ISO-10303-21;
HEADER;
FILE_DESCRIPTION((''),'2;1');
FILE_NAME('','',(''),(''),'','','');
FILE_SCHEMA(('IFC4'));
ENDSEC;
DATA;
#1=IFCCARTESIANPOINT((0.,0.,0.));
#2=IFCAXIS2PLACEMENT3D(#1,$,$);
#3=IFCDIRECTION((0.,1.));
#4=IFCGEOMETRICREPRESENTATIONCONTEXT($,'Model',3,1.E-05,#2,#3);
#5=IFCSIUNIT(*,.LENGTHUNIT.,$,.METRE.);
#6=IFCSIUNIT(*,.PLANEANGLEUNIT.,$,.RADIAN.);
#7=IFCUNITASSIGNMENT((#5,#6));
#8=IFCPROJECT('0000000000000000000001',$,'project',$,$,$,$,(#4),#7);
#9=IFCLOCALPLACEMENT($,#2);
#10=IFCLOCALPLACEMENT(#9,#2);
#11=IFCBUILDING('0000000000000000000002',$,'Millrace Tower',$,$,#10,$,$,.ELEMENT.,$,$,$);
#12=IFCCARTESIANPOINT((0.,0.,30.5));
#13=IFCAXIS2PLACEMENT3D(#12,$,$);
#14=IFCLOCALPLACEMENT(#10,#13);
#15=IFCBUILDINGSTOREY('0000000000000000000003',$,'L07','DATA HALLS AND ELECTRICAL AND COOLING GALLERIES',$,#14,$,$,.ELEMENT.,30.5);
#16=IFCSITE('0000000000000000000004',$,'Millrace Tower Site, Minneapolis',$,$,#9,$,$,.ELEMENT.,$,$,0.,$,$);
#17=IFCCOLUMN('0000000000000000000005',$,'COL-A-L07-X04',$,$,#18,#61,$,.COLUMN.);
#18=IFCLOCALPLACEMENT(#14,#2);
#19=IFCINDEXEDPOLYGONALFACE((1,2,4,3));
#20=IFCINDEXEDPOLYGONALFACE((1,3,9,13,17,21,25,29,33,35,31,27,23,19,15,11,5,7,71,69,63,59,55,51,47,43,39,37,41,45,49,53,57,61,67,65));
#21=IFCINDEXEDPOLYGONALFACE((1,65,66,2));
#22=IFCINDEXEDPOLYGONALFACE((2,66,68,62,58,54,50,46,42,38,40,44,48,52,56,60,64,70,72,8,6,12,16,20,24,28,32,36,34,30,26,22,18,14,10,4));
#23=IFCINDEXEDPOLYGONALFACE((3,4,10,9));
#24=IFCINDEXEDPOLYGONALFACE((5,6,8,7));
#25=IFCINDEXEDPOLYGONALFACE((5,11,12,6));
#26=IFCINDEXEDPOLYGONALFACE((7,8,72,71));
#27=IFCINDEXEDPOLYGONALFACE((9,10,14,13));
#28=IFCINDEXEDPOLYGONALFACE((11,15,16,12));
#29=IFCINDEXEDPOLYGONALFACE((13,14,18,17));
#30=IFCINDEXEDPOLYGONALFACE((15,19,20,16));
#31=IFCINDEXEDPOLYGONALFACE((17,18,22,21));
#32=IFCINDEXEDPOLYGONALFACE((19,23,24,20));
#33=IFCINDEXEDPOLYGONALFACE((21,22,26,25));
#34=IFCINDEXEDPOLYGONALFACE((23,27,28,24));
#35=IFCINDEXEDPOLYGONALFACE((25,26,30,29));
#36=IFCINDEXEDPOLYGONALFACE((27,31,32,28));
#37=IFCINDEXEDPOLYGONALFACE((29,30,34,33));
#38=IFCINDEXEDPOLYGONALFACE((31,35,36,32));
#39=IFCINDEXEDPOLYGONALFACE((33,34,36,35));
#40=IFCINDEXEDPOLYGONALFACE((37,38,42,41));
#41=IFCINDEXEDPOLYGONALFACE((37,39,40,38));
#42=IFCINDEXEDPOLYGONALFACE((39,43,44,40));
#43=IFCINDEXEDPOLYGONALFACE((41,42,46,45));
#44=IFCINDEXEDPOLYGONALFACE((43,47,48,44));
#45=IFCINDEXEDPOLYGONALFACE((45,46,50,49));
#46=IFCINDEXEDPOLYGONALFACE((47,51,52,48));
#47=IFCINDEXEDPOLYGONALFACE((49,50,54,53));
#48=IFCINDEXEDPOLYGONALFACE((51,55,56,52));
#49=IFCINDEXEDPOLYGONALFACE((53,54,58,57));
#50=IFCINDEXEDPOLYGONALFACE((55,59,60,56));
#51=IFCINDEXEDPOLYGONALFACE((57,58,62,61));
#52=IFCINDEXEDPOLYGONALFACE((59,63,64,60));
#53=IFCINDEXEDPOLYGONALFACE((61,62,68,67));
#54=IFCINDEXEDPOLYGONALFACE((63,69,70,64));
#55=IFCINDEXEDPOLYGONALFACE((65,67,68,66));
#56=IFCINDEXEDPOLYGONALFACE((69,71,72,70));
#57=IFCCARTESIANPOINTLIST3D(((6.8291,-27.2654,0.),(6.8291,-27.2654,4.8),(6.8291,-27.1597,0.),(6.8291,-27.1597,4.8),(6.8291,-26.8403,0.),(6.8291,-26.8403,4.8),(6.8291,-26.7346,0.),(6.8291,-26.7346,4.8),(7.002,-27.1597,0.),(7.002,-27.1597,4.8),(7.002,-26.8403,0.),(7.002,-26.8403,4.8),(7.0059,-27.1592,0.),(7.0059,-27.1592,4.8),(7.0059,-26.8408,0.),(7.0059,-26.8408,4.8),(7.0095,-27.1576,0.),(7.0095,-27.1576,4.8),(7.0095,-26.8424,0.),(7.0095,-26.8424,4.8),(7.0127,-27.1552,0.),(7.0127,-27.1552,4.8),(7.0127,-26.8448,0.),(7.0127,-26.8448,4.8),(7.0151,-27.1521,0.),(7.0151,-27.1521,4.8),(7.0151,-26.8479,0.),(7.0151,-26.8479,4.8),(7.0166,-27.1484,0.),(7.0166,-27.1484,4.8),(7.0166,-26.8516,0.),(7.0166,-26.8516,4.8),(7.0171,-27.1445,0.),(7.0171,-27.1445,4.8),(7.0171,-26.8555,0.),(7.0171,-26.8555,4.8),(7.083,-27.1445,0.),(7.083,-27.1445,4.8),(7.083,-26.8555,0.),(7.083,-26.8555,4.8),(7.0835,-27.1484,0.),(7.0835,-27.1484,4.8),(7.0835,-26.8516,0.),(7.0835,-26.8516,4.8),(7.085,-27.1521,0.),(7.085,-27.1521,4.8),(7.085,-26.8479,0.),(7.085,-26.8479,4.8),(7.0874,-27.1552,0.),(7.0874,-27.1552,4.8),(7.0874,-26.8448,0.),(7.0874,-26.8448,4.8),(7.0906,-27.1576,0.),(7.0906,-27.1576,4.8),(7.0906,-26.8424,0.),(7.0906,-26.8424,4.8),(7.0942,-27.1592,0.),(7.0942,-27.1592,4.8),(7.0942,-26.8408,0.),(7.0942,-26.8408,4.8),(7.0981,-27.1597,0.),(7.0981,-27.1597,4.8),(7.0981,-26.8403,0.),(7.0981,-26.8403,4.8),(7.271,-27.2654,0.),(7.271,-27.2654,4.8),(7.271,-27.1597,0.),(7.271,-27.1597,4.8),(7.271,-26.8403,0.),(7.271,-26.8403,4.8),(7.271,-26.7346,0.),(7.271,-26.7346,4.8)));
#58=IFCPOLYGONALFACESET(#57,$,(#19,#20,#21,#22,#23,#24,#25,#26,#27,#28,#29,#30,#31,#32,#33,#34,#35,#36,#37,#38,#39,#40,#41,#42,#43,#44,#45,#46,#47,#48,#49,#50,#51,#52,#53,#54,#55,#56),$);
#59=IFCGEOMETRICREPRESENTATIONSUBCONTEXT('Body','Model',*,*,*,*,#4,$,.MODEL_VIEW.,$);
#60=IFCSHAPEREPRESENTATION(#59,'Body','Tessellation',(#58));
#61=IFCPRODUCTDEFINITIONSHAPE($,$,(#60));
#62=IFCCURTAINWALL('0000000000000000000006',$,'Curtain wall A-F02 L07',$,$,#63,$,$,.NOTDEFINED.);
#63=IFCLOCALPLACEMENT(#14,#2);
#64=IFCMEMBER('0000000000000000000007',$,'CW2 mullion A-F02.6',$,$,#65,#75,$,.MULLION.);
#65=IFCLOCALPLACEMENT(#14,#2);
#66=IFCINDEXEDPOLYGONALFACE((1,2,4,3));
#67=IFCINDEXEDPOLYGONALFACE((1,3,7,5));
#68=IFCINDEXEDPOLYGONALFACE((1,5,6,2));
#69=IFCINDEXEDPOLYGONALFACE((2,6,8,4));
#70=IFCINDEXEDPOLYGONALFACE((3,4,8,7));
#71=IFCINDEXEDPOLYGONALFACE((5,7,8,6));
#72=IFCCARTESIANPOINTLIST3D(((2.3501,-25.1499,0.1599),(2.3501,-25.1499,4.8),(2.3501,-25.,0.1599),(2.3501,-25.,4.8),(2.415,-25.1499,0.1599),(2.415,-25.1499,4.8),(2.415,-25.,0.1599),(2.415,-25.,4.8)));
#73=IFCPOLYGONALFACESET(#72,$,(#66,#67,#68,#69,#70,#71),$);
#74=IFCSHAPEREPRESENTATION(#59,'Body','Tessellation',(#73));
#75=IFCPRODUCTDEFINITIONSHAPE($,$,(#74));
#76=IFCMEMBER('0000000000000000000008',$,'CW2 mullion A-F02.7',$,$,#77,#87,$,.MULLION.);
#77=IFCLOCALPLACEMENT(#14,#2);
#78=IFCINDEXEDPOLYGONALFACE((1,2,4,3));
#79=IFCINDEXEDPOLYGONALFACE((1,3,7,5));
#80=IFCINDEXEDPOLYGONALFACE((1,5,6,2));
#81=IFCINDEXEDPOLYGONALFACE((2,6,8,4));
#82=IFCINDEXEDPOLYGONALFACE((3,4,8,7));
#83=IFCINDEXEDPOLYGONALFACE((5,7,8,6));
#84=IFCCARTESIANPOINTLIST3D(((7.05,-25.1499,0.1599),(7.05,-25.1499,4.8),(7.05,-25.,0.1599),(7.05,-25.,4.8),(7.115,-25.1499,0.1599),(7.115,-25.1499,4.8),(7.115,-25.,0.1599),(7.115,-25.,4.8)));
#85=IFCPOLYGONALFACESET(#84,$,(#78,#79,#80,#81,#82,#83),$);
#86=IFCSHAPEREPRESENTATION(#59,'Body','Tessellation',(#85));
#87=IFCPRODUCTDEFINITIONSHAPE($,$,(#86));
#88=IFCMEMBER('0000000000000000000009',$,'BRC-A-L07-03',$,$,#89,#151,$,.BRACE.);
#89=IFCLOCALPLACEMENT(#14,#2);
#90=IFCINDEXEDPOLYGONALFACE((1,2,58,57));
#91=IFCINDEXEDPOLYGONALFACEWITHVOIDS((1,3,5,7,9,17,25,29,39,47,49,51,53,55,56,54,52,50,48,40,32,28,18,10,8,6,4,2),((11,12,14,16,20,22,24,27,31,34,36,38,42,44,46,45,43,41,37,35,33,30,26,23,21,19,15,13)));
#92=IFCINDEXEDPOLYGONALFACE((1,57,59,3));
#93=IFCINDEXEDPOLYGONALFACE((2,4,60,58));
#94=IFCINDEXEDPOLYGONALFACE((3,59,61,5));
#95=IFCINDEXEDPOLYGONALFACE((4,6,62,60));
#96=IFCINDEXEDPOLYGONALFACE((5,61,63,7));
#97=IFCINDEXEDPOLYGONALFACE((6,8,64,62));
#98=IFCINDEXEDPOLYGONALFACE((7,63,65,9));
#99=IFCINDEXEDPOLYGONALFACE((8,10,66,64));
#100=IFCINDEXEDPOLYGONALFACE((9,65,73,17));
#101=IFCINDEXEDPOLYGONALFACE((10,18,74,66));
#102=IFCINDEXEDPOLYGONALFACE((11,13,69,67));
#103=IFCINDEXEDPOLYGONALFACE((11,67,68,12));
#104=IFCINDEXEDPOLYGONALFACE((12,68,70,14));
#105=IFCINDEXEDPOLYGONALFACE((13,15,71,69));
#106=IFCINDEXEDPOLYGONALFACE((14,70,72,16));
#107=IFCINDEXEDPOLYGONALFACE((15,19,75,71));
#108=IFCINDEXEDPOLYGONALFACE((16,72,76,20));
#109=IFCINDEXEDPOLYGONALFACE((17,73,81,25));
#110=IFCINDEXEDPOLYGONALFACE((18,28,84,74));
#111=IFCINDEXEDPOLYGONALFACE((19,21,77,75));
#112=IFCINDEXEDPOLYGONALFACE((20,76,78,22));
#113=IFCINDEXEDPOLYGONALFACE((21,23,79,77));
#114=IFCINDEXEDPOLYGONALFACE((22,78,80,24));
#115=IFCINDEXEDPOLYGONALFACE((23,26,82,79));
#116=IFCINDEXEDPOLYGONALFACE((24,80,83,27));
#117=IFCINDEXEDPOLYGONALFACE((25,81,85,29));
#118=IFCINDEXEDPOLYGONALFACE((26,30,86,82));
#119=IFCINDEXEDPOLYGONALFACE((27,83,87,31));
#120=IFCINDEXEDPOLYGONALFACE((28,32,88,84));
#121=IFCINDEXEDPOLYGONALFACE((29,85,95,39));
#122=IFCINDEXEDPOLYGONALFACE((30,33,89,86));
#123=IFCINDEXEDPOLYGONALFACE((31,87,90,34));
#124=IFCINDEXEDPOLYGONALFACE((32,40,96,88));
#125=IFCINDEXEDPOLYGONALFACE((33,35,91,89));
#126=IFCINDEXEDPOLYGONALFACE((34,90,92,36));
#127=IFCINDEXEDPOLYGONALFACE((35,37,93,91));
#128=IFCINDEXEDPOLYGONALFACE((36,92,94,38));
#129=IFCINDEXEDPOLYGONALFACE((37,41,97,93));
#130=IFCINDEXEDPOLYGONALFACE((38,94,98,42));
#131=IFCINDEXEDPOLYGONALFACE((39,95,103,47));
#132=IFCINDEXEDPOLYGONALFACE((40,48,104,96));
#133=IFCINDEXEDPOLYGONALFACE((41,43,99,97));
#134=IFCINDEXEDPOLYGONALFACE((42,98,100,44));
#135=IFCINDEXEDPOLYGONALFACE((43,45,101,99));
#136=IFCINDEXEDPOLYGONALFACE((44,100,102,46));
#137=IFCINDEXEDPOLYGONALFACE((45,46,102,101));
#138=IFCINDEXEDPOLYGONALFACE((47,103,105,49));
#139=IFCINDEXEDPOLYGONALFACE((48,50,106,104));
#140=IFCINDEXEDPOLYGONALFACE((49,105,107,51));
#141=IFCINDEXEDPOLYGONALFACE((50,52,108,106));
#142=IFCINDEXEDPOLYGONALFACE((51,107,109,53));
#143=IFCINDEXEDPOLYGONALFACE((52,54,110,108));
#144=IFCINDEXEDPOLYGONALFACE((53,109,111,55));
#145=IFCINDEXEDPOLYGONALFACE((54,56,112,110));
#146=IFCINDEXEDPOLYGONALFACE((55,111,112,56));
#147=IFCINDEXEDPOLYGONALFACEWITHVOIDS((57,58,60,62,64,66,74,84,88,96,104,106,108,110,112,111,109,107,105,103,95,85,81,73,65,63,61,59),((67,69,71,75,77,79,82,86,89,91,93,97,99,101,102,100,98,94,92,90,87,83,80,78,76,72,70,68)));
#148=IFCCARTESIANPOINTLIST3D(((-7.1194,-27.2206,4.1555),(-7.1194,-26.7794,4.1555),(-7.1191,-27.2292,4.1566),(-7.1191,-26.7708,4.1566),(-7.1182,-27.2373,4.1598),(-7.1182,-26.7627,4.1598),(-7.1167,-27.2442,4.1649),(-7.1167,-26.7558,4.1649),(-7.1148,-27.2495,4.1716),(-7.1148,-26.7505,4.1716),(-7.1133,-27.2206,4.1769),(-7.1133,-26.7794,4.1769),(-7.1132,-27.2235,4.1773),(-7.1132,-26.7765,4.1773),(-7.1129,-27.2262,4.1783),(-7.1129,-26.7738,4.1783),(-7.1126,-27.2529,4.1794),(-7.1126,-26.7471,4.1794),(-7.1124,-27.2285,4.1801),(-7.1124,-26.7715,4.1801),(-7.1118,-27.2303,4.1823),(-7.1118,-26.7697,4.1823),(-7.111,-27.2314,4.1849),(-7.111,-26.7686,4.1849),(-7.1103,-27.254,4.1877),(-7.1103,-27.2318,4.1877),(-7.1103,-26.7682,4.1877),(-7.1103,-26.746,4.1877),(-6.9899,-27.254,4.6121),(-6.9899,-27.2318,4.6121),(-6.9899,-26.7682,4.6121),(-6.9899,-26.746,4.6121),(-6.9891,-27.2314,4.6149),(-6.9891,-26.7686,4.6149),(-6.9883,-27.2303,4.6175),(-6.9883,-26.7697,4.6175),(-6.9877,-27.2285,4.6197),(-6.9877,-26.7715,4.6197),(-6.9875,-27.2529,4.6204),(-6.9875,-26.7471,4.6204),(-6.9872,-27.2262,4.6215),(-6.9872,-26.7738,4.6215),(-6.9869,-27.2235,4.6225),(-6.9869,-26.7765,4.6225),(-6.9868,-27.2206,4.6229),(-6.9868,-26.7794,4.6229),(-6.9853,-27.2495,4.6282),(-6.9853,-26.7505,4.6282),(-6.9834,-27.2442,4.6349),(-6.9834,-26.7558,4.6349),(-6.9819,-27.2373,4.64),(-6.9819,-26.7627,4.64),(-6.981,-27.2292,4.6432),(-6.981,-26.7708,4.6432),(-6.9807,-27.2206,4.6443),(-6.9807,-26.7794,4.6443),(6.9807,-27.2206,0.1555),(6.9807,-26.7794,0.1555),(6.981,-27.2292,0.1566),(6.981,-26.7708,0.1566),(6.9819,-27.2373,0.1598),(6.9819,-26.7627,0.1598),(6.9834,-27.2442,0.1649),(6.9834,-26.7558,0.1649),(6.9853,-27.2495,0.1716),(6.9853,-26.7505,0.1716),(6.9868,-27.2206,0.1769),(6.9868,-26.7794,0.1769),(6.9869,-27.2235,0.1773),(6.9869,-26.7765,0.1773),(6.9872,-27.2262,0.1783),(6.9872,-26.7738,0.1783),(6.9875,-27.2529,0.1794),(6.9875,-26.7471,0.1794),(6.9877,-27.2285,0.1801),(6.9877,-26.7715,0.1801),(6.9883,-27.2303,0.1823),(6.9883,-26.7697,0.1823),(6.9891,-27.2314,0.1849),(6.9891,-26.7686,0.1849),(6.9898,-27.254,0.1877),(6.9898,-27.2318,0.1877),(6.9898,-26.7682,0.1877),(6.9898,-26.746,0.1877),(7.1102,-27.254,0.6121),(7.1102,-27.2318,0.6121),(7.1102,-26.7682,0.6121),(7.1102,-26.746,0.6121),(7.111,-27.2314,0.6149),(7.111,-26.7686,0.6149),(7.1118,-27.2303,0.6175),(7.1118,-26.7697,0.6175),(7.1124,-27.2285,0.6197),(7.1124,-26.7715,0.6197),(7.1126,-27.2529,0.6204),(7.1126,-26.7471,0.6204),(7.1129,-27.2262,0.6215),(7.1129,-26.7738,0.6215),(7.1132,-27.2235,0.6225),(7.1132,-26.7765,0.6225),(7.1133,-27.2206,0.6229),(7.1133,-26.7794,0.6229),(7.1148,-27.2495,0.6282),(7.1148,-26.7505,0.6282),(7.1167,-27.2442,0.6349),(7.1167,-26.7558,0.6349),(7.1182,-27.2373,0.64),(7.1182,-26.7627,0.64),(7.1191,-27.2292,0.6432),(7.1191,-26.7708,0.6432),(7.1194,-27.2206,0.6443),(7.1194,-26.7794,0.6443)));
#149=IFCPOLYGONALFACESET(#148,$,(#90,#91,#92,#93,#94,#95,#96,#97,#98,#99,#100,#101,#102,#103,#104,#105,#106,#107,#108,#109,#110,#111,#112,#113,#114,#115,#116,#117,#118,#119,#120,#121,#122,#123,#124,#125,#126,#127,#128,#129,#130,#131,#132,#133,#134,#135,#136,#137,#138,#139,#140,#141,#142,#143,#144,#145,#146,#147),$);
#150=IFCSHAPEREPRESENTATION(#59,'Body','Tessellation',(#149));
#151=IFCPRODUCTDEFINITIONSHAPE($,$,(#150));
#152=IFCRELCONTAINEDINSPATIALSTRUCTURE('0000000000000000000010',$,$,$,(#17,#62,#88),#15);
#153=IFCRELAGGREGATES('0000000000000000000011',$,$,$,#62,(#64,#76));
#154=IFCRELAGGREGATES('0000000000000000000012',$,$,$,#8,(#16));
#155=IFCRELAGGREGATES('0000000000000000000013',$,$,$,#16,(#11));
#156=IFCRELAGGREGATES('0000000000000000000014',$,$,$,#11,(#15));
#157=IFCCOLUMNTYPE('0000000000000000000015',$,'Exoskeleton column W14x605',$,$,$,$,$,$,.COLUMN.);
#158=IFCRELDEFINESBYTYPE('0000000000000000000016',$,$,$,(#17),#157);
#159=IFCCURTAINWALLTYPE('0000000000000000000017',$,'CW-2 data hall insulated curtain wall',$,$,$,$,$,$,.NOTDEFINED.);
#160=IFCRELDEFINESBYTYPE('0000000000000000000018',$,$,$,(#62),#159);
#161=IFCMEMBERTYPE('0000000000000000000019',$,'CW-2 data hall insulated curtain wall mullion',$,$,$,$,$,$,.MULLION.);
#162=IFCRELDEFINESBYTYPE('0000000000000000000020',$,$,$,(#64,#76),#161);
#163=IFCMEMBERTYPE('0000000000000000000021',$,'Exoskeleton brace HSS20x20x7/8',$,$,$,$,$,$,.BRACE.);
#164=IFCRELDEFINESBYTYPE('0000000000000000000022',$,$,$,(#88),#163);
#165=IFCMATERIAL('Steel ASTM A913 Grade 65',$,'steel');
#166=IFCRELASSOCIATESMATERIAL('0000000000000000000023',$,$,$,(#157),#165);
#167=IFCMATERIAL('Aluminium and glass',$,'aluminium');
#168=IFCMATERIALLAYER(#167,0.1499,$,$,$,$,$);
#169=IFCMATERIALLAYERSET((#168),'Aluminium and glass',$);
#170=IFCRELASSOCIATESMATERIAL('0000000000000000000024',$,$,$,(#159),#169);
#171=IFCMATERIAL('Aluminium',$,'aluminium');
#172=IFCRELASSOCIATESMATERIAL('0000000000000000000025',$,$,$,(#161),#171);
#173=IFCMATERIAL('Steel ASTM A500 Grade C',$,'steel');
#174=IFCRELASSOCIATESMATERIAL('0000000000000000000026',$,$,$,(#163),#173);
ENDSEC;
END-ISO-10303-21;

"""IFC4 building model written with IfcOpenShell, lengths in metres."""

from ifc_helpers import new_model, si_unit, direction, frame, origin, origin_2d, place, context, subcontext, project, spatial, rectangle, hollow_rectangle, i_section, extrude, material, layer, layer_set, material_profile, profile_set, type_object, element, aggregate, save


model = new_model("IFC4")

# Units and contexts
model_context = context("Model", 3, precision=1e-05, world=origin(), true_north=direction((0.0, 1.0)))
body_context = subcontext(model_context, "Body", "Model", "MODEL_VIEW")
ifc_project = project(units=[si_unit("LENGTHUNIT", "METRE"), si_unit("PLANEANGLEUNIT", "RADIAN")], contexts=[model_context])

# Site, building, storey
site_placement = place(None, origin())
site = spatial("IfcSite", under=ifc_project, at=site_placement, Name="Millrace Tower Site, Minneapolis", CompositionType="ELEMENT", RefElevation=0.0)
building_placement = place(site_placement, origin())
building = spatial("IfcBuilding", under=site, at=building_placement, Name="Millrace Tower", CompositionType="ELEMENT")
storey_placement = place(building_placement, frame((0.0, 0.0, 30.5)))
storey = spatial("IfcBuildingStorey", under=building, at=storey_placement, Name="L07", Description="DATA HALLS AND ELECTRICAL AND COOLING GALLERIES", CompositionType="ELEMENT", Elevation=30.5)

# Column
ifc_material_1 = material(Name="Steel ASTM A913 Grade 65", Category="steel")
ifc_material_profile_1 = material_profile(ifc_material_1, i_section(OverallWidth=0.4419, OverallDepth=0.5308, WebThickness=0.0659, FlangeThickness=0.1057, FilletRadius=0.0151, at=origin_2d()))
ifc_profile_set_1 = profile_set([ifc_material_profile_1], Name="Steel ASTM A913 Grade 65")
column_type = type_object("IfcColumnType", Name="Exoskeleton column W14x605", PredefinedType="COLUMN", material=ifc_profile_set_1)
column_placement = place(storey_placement, frame((7.05, -27.0, 0.0), z_axis=(0.0, 0.0, 1.0), x_axis=(1.0, 0.0, 0.0)))
element("IfcColumn", 1, at=column_placement, inside=storey, type_object=column_type, Name="COL-A-L07-X04", PredefinedType="COLUMN", context=body_context, shape_type="SweptSolid", body=[
    extrude(i_section(OverallWidth=0.4419, OverallDepth=0.5308, WebThickness=0.0659, FlangeThickness=0.1057, FilletRadius=0.0151, at=origin_2d()), origin(), (0.0, 0.0, 1.0), 4.8),
])

# Curtain wall, members
ifc_material_2 = material(Name="Aluminium and glass", Category="aluminium")
ifc_layer_1 = layer(ifc_material_2, 0.1499)
ifc_layer_set_1 = layer_set([ifc_layer_1], Name="Aluminium and glass")
curtain_wall_type = type_object("IfcCurtainWallType", Name="CW-2 data hall insulated curtain wall", PredefinedType="NOTDEFINED", material=ifc_layer_set_1)
placement = place(storey_placement, origin())
curtain_wall = element("IfcCurtainWall", 2, at=placement, inside=storey, type_object=curtain_wall_type, Name="Curtain wall A-F02 L07", PredefinedType="NOTDEFINED")
ifc_material_3 = material(Name="Aluminium", Category="aluminium")
ifc_material_profile_2 = material_profile(ifc_material_3, rectangle(XDim=0.0649, YDim=0.1499, at=origin_2d()))
ifc_profile_set_2 = profile_set([ifc_material_profile_2], Name="Aluminium")
member_type_1 = type_object("IfcMemberType", Name="CW-2 data hall insulated curtain wall mullion", PredefinedType="MULLION", material=ifc_profile_set_2)
member_1_placement = place(storey_placement, frame((2.3826, -25.075, 0.1599), z_axis=(0.0, 0.0, 1.0), x_axis=(1.0, 0.0, 0.0)))
member_1 = element("IfcMember", 3, at=member_1_placement, type_object=member_type_1, Name="CW2 mullion A-F02.6", PredefinedType="MULLION", context=body_context, shape_type="SweptSolid", body=[
    extrude(rectangle(XDim=0.0649, YDim=0.1499, at=origin_2d()), origin(), (0.0, 0.0, 1.0), 4.6401),
])
member_2_placement = place(storey_placement, frame((7.0825, -25.075, 0.1599), z_axis=(0.0, 0.0, 1.0), x_axis=(1.0, 0.0, 0.0)))
member_2 = element("IfcMember", 4, at=member_2_placement, type_object=member_type_1, Name="CW2 mullion A-F02.7", PredefinedType="MULLION", context=body_context, shape_type="SweptSolid", body=[
    extrude(rectangle(XDim=0.0649, YDim=0.1499, at=origin_2d()), origin(), (0.0, 0.0, 1.0), 4.6401),
])
aggregate(curtain_wall, [member_1, member_2])

# Member
ifc_material_4 = material(Name="Steel ASTM A500 Grade C", Category="steel")
ifc_material_profile_3 = material_profile(ifc_material_4, hollow_rectangle(XDim=0.5081, YDim=0.5081, WallThickness=0.0222, InnerFilletRadius=0.0112, OuterFilletRadius=0.0334, at=origin_2d()))
ifc_profile_set_3 = profile_set([ifc_material_profile_3], Name="Steel ASTM A500 Grade C")
member_type_2 = type_object("IfcMemberType", Name="Exoskeleton brace HSS20x20x7/8", PredefinedType="BRACE", material=ifc_profile_set_3)
member_3_placement = place(storey_placement, frame((7.05, -27.0, 0.3999), z_axis=(-0.962038, 0.0, 0.272917), x_axis=(0.0, -1.0, 0.0)))
element("IfcMember", 5, at=member_3_placement, inside=storey, type_object=member_type_2, Name="BRC-A-L07-03", PredefinedType="BRACE", context=body_context, shape_type="SweptSolid", body=[
    extrude(hollow_rectangle(XDim=0.5081, YDim=0.5081, WallThickness=0.0222, InnerFilletRadius=0.0112, OuterFilletRadius=0.0334, at=origin_2d()), origin(), (0.0, 0.0, 1.0), 14.6565),
])

save(model, "model.ifc")
